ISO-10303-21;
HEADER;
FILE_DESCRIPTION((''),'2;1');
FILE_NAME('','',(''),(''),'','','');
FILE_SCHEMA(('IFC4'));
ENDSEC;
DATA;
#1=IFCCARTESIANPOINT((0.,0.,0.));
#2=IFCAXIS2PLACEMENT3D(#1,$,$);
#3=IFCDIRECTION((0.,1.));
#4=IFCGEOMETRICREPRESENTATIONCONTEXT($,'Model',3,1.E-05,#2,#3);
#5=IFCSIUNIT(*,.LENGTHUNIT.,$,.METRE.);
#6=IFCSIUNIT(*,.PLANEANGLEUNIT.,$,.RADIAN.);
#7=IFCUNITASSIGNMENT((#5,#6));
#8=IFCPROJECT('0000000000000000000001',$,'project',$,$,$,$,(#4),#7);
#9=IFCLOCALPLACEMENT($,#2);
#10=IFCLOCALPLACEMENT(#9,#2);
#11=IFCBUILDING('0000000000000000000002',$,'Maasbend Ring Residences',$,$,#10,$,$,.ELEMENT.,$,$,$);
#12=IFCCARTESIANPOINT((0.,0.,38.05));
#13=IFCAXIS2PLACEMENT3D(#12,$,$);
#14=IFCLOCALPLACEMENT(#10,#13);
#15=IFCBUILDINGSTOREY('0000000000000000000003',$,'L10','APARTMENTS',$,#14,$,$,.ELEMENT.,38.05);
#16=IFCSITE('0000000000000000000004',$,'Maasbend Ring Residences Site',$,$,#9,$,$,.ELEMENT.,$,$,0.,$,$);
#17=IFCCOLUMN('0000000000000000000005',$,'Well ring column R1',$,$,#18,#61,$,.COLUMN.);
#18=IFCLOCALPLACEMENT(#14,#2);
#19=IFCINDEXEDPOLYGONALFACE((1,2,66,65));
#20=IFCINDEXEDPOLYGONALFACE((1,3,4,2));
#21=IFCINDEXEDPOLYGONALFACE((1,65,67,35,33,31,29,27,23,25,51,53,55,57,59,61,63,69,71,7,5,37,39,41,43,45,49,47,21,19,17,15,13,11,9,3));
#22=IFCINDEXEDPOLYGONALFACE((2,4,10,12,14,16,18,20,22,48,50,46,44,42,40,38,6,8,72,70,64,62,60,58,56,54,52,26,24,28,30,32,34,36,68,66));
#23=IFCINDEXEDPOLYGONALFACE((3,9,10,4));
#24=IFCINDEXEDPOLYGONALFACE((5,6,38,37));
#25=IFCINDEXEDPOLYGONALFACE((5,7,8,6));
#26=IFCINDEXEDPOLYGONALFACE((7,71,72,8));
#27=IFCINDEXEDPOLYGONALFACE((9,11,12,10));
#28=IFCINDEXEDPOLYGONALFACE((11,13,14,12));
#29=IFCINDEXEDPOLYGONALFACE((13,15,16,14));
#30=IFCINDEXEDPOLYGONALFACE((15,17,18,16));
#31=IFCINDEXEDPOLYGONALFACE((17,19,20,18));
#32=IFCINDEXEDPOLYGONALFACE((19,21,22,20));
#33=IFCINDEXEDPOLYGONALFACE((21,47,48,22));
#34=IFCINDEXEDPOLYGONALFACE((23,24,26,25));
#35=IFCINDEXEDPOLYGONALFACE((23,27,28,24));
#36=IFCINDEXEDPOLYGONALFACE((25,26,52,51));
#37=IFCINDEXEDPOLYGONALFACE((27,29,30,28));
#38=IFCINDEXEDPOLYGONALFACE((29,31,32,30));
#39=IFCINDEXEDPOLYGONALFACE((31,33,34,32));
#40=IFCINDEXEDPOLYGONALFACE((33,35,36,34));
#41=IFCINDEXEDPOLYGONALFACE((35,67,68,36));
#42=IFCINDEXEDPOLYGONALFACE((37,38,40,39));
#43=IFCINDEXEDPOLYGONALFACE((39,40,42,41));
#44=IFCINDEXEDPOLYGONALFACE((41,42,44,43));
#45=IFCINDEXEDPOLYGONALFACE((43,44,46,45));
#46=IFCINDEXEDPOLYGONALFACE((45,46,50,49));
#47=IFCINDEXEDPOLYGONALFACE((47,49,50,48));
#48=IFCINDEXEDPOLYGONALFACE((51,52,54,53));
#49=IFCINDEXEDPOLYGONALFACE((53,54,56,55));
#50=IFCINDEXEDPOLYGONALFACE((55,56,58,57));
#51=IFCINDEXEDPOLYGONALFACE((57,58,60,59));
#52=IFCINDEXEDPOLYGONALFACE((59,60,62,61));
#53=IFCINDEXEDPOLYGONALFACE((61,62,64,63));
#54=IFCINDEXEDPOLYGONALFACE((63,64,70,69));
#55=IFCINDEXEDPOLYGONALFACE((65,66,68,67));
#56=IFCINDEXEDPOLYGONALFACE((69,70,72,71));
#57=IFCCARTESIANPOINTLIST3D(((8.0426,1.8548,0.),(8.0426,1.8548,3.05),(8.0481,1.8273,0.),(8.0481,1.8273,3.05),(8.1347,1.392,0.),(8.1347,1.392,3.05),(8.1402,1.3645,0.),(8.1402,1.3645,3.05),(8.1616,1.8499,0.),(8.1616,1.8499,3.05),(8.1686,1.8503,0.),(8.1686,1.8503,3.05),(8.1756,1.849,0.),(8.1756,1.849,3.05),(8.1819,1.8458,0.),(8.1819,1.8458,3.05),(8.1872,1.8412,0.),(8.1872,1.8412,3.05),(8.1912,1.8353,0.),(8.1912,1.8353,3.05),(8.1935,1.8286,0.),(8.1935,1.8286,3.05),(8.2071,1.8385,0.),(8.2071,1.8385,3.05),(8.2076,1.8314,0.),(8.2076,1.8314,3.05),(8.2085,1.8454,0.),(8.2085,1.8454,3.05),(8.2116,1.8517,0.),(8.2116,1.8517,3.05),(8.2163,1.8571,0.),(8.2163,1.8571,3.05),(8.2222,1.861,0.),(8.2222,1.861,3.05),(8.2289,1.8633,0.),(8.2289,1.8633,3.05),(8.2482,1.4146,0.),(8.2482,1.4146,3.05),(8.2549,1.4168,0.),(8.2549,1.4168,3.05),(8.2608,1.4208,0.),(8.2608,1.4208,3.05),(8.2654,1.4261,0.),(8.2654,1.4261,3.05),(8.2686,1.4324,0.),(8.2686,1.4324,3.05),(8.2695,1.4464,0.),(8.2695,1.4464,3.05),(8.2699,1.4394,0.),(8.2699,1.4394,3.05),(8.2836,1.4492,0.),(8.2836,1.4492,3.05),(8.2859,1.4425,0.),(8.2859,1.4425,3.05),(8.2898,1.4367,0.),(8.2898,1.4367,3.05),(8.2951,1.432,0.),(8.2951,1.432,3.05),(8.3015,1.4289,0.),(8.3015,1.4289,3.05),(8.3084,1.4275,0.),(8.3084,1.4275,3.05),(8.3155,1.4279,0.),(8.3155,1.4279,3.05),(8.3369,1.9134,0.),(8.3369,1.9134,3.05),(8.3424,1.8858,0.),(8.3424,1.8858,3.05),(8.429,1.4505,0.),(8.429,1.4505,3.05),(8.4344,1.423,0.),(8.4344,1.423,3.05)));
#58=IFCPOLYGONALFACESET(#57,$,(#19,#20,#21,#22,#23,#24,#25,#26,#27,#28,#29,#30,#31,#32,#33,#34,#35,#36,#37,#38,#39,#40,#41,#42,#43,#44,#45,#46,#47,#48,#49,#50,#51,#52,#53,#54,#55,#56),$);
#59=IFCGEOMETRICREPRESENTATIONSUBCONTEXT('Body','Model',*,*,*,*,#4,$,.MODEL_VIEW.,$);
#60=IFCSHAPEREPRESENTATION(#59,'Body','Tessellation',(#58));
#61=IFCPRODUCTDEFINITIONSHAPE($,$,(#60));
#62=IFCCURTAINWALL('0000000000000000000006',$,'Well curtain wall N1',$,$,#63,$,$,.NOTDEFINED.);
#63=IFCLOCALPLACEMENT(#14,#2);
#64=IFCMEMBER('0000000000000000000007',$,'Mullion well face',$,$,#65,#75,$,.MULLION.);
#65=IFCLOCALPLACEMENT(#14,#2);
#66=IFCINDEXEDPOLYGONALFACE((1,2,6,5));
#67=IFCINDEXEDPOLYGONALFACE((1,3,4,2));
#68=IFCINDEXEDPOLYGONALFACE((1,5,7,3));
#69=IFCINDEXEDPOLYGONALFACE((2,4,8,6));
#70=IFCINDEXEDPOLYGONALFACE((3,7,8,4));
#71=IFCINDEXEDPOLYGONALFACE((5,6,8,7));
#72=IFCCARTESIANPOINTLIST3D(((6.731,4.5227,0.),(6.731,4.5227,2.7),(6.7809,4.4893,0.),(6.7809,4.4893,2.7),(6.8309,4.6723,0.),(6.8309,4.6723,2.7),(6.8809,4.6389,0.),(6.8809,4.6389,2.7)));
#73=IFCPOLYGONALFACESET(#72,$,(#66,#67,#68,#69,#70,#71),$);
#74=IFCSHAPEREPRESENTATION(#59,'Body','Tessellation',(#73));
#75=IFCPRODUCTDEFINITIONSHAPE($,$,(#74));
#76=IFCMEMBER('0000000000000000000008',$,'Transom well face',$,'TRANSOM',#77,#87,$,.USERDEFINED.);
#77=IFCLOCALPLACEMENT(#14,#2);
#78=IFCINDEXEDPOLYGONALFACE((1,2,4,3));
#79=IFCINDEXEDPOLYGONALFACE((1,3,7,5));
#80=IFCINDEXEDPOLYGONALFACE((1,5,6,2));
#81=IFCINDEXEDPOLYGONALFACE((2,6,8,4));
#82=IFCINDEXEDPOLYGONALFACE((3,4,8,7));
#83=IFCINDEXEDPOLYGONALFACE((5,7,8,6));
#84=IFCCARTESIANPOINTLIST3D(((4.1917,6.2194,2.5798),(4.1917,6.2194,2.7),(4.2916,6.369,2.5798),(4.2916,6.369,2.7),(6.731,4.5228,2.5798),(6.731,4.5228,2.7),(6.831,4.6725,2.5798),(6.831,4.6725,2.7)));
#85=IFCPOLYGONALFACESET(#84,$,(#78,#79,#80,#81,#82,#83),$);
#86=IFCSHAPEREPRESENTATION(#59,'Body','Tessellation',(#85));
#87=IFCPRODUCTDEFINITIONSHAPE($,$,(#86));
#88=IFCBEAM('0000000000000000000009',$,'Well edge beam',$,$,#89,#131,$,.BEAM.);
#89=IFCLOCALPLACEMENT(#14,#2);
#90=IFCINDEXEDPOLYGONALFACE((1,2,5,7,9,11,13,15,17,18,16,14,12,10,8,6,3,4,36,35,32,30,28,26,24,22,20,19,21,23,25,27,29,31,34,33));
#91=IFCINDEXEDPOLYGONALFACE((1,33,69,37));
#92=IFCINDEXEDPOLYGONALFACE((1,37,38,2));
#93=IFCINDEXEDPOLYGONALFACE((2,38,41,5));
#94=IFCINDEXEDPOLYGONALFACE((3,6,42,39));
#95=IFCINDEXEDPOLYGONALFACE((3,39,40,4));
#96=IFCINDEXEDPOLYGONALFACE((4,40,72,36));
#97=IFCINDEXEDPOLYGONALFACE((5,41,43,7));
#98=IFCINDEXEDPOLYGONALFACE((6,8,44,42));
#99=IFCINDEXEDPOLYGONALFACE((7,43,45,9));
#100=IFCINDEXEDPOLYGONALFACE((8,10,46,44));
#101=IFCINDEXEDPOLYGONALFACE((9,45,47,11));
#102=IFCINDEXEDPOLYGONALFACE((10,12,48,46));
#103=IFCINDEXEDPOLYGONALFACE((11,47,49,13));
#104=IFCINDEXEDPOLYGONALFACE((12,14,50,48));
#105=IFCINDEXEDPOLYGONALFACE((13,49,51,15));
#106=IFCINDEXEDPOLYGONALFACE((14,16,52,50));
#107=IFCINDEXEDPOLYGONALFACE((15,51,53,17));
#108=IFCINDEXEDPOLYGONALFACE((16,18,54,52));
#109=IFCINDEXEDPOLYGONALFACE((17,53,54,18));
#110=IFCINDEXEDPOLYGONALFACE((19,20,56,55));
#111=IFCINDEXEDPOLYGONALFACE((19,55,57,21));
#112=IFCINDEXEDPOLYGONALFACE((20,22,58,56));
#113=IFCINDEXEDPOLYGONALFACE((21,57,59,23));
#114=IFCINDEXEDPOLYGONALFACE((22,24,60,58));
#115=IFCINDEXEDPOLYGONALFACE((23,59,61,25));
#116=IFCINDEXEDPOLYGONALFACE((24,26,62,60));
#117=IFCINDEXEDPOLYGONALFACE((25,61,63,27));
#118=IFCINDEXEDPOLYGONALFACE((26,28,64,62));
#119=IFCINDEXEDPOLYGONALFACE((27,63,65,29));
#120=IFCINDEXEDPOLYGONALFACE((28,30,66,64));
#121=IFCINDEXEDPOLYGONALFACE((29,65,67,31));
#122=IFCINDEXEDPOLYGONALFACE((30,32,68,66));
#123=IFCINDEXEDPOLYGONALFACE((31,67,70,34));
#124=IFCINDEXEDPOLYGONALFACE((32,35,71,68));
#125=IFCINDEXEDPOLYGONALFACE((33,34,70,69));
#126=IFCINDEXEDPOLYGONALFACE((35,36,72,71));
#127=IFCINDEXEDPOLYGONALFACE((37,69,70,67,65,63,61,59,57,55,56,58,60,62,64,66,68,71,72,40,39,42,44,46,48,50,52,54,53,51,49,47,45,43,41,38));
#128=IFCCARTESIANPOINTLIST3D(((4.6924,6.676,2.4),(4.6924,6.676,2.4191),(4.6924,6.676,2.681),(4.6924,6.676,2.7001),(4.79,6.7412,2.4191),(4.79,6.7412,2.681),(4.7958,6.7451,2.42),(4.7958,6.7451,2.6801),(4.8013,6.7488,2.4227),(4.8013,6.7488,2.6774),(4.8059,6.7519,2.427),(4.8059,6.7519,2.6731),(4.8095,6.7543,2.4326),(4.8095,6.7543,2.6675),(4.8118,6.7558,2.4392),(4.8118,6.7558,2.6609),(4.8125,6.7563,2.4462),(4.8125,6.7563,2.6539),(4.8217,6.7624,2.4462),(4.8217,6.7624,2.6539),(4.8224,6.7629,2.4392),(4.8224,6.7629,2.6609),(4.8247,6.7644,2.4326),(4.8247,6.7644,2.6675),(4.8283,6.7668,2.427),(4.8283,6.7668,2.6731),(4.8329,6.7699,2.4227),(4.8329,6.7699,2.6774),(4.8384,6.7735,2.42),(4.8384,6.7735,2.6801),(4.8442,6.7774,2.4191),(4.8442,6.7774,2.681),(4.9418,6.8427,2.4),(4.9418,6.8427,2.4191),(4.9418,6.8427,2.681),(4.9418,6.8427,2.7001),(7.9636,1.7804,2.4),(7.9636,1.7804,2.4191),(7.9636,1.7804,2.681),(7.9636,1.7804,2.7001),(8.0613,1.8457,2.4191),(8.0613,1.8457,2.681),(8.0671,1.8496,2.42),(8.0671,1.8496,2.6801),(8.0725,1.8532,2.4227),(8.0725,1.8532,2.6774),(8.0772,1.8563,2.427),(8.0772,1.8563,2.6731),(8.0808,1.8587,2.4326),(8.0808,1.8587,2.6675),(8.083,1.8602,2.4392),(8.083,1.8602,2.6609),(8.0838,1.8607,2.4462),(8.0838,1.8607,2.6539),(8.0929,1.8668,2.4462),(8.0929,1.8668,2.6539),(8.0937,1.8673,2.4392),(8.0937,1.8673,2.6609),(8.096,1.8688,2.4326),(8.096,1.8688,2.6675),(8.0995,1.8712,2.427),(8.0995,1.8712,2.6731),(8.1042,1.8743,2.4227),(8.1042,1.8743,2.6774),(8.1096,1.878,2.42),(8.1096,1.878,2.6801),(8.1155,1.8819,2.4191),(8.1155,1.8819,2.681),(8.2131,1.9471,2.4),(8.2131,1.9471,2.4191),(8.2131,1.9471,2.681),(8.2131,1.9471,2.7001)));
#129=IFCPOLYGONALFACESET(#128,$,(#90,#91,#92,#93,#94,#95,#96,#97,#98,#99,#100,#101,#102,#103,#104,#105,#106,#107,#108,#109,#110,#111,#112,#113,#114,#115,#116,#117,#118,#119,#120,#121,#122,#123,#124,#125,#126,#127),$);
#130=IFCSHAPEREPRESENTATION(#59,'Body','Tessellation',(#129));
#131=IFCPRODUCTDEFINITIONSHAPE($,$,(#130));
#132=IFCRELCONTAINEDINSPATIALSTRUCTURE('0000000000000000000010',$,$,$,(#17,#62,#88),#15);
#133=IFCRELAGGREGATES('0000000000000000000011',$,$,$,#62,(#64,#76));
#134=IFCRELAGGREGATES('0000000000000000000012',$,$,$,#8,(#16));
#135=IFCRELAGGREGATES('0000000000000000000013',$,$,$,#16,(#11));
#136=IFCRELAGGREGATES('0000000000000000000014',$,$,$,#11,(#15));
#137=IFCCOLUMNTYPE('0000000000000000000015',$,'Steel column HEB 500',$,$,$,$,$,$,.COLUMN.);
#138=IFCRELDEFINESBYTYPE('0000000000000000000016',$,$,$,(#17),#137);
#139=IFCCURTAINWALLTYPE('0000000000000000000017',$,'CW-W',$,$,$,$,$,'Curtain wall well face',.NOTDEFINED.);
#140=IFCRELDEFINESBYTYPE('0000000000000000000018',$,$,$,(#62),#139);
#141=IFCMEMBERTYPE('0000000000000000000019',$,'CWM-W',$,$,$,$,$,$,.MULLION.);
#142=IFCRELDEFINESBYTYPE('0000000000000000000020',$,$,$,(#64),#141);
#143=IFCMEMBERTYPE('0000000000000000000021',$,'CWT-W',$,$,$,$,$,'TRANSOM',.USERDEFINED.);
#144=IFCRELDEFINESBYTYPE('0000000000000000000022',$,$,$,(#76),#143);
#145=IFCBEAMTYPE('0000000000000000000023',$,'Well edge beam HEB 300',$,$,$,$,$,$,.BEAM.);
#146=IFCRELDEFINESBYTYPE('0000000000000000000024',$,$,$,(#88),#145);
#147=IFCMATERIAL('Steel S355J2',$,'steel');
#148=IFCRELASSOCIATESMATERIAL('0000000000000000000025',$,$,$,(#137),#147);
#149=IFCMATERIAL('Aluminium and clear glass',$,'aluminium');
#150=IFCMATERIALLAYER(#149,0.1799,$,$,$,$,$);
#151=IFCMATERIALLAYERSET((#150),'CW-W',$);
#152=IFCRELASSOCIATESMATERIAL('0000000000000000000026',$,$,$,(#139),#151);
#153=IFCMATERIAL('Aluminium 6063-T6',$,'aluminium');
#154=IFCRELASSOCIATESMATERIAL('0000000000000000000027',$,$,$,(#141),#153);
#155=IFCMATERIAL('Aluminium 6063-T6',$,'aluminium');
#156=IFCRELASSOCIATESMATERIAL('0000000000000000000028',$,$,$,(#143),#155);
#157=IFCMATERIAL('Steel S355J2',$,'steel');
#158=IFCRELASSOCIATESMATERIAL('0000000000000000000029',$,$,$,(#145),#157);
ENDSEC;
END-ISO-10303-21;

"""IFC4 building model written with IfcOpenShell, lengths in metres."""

from ifc_helpers import new_model, si_unit, direction, frame, origin, origin_2d, place, context, subcontext, project, spatial, rectangle, i_section, extrude, material, layer, layer_set, material_profile, profile_set, type_object, element, aggregate, save


model = new_model("IFC4")

# Units and contexts
model_context = context("Model", 3, precision=1e-05, world=origin(), true_north=direction((0.0, 1.0)))
body_context = subcontext(model_context, "Body", "Model", "MODEL_VIEW")
ifc_project = project(units=[si_unit("LENGTHUNIT", "METRE"), si_unit("PLANEANGLEUNIT", "RADIAN")], contexts=[model_context])

# Site, building, storey
site_placement = place(None, origin())
site = spatial("IfcSite", under=ifc_project, at=site_placement, Name="Maasbend Ring Residences Site", CompositionType="ELEMENT", RefElevation=0.0)
building_placement = place(site_placement, origin())
building = spatial("IfcBuilding", under=site, at=building_placement, Name="Maasbend Ring Residences", CompositionType="ELEMENT")
storey_placement = place(building_placement, frame((0.0, 0.0, 38.05)))
storey = spatial("IfcBuildingStorey", under=building, at=storey_placement, Name="L10", Description="APARTMENTS", CompositionType="ELEMENT", Elevation=38.05)

# Column
ifc_material_1 = material(Name="Steel S355J2", Category="steel")
ifc_material_profile_1 = material_profile(ifc_material_1, i_section(OverallWidth=0.3, OverallDepth=0.5, WebThickness=0.0144, FlangeThickness=0.0281, FilletRadius=0.0271, at=origin_2d()), Name="HEB 500")
ifc_profile_set_1 = profile_set([ifc_material_profile_1], Name="Steel S355J2")
column_type = type_object("IfcColumnType", Name="Steel column HEB 500", PredefinedType="COLUMN", material=ifc_profile_set_1)
column_placement = place(storey_placement, frame((8.2385, 1.6389, 0.0), z_axis=(0.0, 0.0, 1.0), x_axis=(0.980785, 0.19509, 0.0)))
element("IfcColumn", 1, at=column_placement, inside=storey, type_object=column_type, Name="Well ring column R1", PredefinedType="COLUMN", context=body_context, shape_type="SweptSolid", body=[
    extrude(i_section(OverallWidth=0.3, OverallDepth=0.5, WebThickness=0.0144, FlangeThickness=0.0281, FilletRadius=0.0271, at=origin_2d()), origin(), (0.0, 0.0, 1.0), 3.05),
])

# Curtain wall, members
ifc_material_2 = material(Name="Aluminium and clear glass", Category="aluminium")
ifc_layer_1 = layer(ifc_material_2, 0.1799)
ifc_layer_set_1 = layer_set([ifc_layer_1], Name="CW-W")
curtain_wall_type = type_object("IfcCurtainWallType", Name="CW-W", ElementType="Curtain wall well face", PredefinedType="NOTDEFINED", material=ifc_layer_set_1)
curtain_wall_placement = place(storey_placement, origin())
curtain_wall = element("IfcCurtainWall", 2, at=curtain_wall_placement, inside=storey, type_object=curtain_wall_type, Name="Well curtain wall N1", PredefinedType="NOTDEFINED")
ifc_material_3 = material(Name="Aluminium 6063-T6", Category="aluminium")
ifc_material_profile_2 = material_profile(ifc_material_3, rectangle(XDim=0.1799, YDim=0.0601, at=origin_2d()), Name="AL 180x60")
ifc_profile_set_2 = profile_set([ifc_material_profile_2], Name="Aluminium 6063-T6")
member_type_1 = type_object("IfcMemberType", Name="CWM-W", PredefinedType="MULLION", material=ifc_profile_set_2)
member_1_placement = place(storey_placement, frame((6.8059, 4.5808, 0.0), z_axis=(0.0, 0.0, 1.0), x_axis=(-0.55557, -0.83147, 0.0)))
member_1 = element("IfcMember", 3, at=member_1_placement, type_object=member_type_1, Name="Mullion well face", PredefinedType="MULLION", context=body_context, shape_type="SweptSolid", body=[
    extrude(rectangle(XDim=0.1799, YDim=0.0601, at=origin_2d()), origin(), (0.0, 0.0, 1.0), 2.7),
])
ifc_material_4 = material(Name="Aluminium 6063-T6", Category="aluminium")
ifc_material_profile_3 = material_profile(ifc_material_4, rectangle(XDim=0.1799, YDim=0.1201, at=origin_2d()), Name="AL 180x120")
ifc_profile_set_3 = profile_set([ifc_material_profile_3], Name="Aluminium 6063-T6")
member_type_2 = type_object("IfcMemberType", Name="CWT-W", ElementType="TRANSOM", PredefinedType="USERDEFINED", material=ifc_profile_set_3)
member_2_placement = place(storey_placement, frame((6.781, 4.5977, 2.6399), z_axis=(-0.831496, 0.55553, 0.0), x_axis=(-0.55553, -0.831496, 0.0)))
member_2 = element("IfcMember", 4, at=member_2_placement, type_object=member_type_2, Name="Transom well face", ObjectType="TRANSOM", PredefinedType="USERDEFINED", context=body_context, shape_type="SweptSolid", body=[
    extrude(rectangle(XDim=0.1799, YDim=0.1201, at=origin_2d()), origin(), (0.0, 0.0, 1.0), 3.054),
])
aggregate(curtain_wall, [member_1, member_2])

# Beam
ifc_material_5 = material(Name="Steel S355J2", Category="steel")
ifc_material_profile_4 = material_profile(ifc_material_5, i_section(OverallWidth=0.3, OverallDepth=0.3, WebThickness=0.011, FlangeThickness=0.019, FilletRadius=0.0271, at=origin_2d()), Name="HEB 300")
ifc_profile_set_4 = profile_set([ifc_material_profile_4], Name="Steel S355J2")
beam_type = type_object("IfcBeamType", Name="Well edge beam HEB 300", PredefinedType="BEAM", material=ifc_profile_set_4)
beam_placement = place(storey_placement, frame((8.0884, 1.8638, 2.55), z_axis=(-0.55559, 0.831457, 0.0), x_axis=(-0.831457, -0.55559, 0.0)))
element("IfcBeam", 5, at=beam_placement, inside=storey, type_object=beam_type, Name="Well edge beam", PredefinedType="BEAM", context=body_context, shape_type="SweptSolid", body=[
    extrude(i_section(OverallWidth=0.3, OverallDepth=0.3, WebThickness=0.011, FlangeThickness=0.019, FilletRadius=0.0271, at=origin_2d()), origin(), (0.0, 0.0, 1.0), 5.8879),
])

save(model, "model.ifc")
